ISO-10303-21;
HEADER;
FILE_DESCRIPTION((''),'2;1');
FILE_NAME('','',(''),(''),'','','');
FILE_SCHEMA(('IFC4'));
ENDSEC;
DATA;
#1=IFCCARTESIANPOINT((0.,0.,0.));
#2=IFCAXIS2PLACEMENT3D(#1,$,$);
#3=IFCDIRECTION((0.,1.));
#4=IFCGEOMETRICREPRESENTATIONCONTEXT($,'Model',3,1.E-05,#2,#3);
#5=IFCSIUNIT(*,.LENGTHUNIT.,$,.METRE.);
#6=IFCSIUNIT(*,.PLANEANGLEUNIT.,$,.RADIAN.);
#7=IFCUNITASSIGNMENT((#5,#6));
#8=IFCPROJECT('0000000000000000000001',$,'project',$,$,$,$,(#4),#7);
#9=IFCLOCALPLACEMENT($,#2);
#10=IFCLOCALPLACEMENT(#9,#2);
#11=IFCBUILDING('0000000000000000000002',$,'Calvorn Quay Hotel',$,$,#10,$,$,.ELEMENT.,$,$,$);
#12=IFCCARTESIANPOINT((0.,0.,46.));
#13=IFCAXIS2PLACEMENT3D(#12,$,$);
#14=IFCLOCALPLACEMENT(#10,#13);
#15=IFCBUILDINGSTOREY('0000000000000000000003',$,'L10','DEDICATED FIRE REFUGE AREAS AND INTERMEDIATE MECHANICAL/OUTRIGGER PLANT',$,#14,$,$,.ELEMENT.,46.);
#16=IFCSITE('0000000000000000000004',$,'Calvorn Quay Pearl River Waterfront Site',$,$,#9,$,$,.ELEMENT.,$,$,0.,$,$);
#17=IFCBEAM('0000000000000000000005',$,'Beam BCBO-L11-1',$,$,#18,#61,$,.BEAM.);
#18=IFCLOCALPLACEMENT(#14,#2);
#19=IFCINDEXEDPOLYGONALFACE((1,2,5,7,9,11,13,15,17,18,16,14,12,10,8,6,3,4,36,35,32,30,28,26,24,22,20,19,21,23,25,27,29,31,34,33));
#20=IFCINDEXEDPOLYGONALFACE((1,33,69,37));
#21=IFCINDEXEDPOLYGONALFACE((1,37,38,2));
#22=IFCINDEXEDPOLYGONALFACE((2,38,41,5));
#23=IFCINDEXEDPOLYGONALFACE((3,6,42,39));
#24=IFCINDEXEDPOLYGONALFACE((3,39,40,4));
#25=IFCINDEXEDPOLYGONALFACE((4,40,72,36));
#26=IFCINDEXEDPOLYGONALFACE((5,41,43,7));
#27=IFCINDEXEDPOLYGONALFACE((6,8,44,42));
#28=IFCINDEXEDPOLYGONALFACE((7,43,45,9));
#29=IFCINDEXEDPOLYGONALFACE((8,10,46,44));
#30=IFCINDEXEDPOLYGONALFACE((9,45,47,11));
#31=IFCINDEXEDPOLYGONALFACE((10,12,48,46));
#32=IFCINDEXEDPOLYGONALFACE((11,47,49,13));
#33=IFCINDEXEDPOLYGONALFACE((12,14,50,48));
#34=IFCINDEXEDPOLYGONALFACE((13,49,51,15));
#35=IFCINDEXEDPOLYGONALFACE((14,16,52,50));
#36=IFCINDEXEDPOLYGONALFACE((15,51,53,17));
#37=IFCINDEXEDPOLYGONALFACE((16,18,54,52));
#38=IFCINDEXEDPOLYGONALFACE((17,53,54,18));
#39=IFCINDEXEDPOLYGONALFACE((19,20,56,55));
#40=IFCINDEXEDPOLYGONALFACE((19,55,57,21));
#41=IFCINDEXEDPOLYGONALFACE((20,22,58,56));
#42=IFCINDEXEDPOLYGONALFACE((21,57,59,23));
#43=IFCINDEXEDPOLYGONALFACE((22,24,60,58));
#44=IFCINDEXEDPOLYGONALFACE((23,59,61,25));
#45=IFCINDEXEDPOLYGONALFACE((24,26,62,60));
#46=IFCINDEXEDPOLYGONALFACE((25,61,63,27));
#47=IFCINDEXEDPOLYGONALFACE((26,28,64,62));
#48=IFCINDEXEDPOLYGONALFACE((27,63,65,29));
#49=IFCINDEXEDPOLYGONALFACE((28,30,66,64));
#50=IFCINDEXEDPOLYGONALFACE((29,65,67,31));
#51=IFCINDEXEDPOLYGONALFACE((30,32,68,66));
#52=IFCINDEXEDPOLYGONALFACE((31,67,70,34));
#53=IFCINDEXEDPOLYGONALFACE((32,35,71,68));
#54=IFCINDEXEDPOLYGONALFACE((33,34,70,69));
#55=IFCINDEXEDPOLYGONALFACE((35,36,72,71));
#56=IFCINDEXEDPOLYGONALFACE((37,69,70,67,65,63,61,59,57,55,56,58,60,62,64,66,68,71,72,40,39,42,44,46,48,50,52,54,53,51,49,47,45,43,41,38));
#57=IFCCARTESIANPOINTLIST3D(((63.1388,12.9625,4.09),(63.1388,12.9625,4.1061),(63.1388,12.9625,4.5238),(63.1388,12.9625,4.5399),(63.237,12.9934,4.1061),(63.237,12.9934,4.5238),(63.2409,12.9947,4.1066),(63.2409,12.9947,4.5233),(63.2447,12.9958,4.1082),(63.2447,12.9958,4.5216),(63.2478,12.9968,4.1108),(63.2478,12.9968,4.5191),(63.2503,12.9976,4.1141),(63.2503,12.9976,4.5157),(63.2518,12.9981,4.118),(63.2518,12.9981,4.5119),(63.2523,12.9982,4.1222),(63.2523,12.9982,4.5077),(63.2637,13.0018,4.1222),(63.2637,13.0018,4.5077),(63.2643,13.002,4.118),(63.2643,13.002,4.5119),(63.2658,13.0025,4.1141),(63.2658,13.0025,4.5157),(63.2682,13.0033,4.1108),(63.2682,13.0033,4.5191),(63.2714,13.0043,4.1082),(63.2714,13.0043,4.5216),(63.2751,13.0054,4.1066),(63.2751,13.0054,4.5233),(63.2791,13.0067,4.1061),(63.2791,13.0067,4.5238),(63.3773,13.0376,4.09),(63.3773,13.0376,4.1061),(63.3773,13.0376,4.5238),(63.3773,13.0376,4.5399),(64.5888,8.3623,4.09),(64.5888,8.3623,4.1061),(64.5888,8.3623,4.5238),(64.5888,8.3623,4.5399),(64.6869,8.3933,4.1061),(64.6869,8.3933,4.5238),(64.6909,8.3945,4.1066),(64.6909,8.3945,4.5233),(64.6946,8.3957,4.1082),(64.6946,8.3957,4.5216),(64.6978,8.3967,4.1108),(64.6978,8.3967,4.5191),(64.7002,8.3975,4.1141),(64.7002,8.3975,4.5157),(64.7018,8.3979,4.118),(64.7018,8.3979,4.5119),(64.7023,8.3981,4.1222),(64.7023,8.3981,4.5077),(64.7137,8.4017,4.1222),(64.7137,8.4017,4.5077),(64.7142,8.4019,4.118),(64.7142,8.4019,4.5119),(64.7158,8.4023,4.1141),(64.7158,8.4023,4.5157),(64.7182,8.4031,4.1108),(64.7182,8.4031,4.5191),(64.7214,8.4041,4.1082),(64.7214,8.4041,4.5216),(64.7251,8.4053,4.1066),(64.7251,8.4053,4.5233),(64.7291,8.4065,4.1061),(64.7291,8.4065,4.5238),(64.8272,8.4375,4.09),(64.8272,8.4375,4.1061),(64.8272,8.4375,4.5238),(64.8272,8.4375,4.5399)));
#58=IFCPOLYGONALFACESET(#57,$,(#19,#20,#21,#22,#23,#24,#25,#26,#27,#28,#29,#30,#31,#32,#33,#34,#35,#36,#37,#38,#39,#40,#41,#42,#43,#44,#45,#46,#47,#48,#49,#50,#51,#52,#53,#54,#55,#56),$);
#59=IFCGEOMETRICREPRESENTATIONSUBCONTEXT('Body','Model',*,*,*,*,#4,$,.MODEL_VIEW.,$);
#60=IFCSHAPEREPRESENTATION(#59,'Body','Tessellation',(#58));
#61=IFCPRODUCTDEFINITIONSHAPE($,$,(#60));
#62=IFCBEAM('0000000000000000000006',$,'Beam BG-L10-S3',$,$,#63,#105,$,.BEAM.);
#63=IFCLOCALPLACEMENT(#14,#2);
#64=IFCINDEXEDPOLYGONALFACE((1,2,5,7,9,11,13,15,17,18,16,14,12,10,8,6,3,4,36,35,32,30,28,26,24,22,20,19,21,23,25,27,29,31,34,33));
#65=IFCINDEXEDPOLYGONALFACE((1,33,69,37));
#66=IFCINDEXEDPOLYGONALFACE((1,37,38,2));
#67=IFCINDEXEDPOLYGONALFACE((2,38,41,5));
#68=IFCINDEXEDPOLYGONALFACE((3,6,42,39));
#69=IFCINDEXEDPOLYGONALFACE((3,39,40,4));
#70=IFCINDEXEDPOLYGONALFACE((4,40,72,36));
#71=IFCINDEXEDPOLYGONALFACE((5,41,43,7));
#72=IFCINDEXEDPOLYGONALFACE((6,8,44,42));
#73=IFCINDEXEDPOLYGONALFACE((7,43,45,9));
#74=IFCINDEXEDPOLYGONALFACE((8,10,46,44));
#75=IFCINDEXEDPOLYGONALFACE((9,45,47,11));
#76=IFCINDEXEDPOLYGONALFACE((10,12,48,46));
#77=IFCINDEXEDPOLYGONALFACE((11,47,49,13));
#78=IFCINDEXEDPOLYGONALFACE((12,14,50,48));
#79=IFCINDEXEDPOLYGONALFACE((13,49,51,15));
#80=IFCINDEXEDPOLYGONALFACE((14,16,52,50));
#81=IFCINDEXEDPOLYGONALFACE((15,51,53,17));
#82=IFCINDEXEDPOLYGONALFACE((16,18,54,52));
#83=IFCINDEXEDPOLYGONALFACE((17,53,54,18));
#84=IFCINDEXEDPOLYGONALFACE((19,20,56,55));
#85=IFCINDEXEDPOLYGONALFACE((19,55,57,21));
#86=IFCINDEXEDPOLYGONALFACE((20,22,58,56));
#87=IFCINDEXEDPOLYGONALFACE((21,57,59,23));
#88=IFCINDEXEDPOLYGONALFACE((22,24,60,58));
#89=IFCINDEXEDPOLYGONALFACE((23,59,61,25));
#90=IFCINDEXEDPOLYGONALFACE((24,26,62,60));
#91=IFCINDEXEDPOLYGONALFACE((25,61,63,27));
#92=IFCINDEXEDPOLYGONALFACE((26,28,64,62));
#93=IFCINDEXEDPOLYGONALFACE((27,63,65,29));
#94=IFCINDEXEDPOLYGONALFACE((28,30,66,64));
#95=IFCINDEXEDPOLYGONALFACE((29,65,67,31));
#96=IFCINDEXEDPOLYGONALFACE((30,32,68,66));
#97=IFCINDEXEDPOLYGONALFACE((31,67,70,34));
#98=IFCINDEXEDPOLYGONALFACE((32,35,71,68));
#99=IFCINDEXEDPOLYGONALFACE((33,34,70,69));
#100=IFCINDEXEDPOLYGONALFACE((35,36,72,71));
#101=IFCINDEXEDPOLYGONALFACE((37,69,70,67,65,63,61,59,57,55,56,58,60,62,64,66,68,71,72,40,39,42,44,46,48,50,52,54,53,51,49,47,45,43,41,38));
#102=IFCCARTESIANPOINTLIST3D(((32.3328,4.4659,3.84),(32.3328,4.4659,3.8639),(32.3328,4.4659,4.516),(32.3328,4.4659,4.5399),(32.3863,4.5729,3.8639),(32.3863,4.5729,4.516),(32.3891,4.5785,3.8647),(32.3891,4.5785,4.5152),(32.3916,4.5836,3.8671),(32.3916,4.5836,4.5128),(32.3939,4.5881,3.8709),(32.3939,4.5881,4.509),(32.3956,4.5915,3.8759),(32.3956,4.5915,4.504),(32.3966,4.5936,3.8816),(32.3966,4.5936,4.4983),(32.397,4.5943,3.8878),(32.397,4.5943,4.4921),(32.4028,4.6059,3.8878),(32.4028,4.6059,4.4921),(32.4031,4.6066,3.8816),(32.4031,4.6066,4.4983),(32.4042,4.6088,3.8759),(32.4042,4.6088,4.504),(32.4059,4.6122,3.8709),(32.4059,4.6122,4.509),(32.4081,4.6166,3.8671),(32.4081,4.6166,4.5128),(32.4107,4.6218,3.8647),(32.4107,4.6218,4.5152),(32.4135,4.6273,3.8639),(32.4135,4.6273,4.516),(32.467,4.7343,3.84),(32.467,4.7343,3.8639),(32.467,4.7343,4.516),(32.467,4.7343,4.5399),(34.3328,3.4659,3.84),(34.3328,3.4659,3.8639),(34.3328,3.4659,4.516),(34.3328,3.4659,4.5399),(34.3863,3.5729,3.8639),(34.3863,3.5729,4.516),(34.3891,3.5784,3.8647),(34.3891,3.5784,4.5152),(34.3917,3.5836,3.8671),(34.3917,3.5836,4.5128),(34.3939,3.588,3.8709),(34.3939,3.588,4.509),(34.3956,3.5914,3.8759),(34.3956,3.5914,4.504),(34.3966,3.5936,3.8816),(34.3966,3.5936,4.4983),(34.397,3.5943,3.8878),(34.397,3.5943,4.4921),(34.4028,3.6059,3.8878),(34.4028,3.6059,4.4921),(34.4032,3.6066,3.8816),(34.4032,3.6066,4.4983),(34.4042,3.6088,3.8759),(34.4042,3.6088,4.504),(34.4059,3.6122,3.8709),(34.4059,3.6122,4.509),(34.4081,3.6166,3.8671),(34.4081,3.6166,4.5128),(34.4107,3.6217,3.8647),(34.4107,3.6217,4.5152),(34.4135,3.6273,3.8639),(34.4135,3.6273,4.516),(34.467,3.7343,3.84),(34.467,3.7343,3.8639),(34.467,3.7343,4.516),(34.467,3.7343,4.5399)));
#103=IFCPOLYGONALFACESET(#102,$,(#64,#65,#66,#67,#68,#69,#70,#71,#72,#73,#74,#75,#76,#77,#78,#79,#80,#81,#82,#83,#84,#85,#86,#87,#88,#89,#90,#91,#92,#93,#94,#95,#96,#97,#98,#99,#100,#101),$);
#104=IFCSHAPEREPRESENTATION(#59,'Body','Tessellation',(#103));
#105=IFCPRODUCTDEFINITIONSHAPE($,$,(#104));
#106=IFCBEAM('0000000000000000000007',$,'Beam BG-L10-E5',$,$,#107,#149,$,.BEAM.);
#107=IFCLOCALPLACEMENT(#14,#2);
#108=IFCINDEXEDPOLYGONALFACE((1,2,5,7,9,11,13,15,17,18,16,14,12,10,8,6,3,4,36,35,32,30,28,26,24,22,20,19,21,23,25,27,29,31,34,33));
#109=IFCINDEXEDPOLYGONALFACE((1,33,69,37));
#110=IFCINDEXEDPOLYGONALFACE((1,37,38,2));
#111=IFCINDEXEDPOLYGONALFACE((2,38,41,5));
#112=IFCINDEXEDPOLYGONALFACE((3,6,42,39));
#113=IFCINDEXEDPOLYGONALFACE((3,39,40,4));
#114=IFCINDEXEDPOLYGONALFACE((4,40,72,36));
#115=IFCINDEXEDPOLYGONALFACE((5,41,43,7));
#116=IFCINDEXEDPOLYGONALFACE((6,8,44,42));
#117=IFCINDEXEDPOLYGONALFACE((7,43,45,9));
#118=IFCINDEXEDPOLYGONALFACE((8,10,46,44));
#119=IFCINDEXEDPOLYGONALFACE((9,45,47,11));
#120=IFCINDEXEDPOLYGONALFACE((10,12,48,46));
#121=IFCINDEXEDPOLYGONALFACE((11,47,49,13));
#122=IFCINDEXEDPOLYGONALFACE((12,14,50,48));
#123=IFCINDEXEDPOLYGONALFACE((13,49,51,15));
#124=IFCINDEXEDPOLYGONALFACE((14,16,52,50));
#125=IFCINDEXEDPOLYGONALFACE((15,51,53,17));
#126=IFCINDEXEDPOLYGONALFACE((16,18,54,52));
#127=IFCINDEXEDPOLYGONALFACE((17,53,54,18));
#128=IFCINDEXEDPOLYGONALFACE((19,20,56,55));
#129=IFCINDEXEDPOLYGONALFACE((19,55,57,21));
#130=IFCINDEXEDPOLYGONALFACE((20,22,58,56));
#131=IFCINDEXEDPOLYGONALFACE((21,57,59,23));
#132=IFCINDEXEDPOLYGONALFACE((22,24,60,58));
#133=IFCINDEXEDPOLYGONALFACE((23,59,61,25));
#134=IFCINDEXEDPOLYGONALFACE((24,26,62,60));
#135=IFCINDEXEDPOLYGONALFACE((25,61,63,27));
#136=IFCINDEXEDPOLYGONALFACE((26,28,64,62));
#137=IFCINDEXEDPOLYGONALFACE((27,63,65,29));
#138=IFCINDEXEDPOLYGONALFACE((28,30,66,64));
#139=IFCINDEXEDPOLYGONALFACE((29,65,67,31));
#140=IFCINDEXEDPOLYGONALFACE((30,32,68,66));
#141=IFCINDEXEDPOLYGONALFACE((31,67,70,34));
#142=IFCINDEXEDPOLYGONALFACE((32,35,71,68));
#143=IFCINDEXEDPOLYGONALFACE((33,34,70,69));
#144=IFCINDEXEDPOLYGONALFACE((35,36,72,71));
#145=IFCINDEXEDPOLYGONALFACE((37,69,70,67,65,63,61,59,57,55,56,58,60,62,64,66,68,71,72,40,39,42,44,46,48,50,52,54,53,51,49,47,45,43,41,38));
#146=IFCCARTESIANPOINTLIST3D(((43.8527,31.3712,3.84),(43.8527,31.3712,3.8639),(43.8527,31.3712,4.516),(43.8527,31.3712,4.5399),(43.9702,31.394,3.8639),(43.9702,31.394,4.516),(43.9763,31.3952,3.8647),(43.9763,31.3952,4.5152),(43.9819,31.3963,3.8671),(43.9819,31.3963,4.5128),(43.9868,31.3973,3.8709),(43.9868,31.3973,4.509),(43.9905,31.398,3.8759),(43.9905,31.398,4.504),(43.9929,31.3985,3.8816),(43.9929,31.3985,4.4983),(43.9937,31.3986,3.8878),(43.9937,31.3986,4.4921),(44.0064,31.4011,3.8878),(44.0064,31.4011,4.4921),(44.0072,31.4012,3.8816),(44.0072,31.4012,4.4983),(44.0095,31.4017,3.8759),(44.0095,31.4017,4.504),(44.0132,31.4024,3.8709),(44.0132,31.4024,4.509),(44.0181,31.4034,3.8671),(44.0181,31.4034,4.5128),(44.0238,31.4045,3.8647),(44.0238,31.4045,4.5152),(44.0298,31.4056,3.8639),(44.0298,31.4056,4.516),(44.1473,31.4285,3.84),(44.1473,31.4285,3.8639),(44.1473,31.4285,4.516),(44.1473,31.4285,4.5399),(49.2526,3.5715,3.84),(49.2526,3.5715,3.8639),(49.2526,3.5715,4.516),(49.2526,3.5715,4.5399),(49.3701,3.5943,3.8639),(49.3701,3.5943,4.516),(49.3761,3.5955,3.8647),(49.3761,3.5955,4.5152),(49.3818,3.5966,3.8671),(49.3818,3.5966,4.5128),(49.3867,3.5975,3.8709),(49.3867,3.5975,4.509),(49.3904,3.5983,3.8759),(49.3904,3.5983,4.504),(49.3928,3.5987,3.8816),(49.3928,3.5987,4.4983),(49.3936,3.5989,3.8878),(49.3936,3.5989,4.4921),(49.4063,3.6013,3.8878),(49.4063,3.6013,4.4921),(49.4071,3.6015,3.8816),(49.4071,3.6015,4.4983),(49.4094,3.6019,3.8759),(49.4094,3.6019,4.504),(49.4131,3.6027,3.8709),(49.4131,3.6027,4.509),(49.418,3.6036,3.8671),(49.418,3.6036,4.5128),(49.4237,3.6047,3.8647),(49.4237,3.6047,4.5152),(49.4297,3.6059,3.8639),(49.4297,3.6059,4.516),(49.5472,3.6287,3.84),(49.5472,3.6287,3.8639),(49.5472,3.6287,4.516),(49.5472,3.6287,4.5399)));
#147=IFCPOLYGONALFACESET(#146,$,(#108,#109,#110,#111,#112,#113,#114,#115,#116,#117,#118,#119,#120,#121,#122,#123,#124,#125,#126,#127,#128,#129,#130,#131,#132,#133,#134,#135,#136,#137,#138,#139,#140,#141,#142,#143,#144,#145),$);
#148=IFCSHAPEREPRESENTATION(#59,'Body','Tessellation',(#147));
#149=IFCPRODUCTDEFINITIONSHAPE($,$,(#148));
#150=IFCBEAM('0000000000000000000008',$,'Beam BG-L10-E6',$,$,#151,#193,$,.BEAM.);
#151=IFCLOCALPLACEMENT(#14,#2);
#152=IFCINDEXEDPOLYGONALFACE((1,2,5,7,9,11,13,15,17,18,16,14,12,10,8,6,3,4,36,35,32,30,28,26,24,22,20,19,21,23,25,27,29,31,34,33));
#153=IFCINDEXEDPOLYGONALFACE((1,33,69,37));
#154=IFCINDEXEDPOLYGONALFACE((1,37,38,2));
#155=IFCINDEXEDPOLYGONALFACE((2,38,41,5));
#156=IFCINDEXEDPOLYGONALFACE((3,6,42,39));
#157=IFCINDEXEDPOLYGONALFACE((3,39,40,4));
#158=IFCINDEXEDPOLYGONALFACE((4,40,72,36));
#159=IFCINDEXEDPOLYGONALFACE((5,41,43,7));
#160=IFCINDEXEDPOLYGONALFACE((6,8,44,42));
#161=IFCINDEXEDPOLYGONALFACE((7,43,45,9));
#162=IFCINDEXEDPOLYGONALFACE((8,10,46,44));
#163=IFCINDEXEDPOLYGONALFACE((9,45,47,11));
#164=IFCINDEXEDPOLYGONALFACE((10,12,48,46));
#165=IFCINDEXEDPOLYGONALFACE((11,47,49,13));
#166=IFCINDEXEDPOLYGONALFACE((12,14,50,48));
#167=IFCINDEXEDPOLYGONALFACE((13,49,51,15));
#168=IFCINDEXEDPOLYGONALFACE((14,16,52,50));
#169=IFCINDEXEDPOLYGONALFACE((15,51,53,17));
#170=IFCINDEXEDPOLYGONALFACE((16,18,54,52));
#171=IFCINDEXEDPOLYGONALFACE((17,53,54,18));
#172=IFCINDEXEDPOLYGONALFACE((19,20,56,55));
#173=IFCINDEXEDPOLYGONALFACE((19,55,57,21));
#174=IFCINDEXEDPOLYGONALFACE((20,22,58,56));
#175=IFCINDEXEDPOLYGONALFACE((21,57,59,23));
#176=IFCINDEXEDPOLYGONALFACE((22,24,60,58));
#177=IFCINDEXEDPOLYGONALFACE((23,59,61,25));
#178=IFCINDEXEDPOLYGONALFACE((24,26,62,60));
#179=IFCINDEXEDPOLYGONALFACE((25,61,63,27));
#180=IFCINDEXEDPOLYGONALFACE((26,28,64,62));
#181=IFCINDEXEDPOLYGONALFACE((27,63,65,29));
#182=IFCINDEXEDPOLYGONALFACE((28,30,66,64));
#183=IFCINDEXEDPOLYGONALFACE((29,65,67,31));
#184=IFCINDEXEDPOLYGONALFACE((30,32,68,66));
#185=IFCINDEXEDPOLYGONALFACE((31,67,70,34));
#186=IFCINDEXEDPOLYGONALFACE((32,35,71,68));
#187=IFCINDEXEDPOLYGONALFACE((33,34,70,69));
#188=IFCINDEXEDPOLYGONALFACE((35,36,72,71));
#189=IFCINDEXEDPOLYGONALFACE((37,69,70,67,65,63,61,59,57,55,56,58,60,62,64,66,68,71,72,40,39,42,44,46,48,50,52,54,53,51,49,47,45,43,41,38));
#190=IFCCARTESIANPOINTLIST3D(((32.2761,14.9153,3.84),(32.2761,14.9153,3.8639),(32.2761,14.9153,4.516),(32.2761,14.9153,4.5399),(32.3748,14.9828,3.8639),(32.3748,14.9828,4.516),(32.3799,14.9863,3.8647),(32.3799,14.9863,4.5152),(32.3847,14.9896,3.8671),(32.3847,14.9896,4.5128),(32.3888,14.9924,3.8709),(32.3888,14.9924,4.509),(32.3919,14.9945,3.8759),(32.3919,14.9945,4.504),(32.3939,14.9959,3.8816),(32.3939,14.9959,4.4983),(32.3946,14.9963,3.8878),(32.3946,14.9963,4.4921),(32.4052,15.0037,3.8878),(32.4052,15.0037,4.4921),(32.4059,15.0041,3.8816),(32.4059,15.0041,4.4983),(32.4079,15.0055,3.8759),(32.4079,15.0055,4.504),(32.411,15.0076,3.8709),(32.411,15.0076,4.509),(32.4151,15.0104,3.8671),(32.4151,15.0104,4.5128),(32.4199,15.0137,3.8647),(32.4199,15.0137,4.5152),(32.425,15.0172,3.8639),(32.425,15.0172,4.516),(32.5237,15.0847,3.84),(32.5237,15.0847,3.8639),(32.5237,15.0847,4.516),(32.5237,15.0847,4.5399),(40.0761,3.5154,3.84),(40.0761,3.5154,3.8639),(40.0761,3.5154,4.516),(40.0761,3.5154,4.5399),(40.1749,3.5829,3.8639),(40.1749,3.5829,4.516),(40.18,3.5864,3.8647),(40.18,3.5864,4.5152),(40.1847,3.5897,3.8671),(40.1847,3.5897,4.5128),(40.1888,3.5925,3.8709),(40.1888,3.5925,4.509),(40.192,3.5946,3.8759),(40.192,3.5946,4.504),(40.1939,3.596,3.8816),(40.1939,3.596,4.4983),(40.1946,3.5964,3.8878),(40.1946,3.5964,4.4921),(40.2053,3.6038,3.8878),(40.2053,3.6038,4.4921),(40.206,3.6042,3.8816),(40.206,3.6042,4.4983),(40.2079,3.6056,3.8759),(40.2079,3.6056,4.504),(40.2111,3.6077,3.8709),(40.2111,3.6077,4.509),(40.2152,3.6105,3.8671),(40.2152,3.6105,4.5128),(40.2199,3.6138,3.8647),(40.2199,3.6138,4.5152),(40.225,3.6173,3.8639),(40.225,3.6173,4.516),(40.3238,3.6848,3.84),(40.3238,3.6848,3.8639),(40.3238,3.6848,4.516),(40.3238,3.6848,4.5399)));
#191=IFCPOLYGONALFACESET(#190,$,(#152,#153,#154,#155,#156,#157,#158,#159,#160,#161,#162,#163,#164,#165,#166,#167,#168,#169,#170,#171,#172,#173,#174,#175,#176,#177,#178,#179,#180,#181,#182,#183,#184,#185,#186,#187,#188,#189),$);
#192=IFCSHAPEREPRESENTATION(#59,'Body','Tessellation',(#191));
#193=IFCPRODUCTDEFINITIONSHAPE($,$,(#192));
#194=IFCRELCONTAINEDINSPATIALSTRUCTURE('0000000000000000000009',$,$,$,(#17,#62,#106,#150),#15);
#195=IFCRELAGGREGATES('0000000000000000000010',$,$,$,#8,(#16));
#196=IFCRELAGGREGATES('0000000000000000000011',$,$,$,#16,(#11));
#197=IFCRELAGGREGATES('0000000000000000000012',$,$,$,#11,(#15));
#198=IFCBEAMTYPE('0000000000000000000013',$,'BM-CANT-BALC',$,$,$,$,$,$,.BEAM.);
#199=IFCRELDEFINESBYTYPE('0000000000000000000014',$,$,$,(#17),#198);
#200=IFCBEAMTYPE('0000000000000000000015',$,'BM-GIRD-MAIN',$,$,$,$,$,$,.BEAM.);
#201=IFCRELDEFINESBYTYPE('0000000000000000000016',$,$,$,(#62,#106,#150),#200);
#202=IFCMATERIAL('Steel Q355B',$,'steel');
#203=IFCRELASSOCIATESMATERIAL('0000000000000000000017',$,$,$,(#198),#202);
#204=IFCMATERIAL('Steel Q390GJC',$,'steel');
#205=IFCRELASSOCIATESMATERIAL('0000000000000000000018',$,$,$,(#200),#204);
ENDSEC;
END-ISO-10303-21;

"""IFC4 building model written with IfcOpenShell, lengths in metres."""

from ifc_helpers import new_model, si_unit, direction, frame, origin, origin_2d, place, context, subcontext, project, spatial, i_section, extrude, material, material_profile, profile_set, type_object, element, save


model = new_model("IFC4")

# Units and contexts
model_context = context("Model", 3, precision=1e-05, world=origin(), true_north=direction((0.0, 1.0)))
body_context = subcontext(model_context, "Body", "Model", "MODEL_VIEW")
ifc_project = project(units=[si_unit("LENGTHUNIT", "METRE"), si_unit("PLANEANGLEUNIT", "RADIAN")], contexts=[model_context])

# Site, building, storey
site_placement = place(None, origin())
site = spatial("IfcSite", under=ifc_project, at=site_placement, Name="Calvorn Quay Pearl River Waterfront Site", CompositionType="ELEMENT", RefElevation=0.0)
building_placement = place(site_placement, origin())
building = spatial("IfcBuilding", under=site, at=building_placement, Name="Calvorn Quay Hotel", CompositionType="ELEMENT")
storey_placement = place(building_placement, frame((0.0, 0.0, 46.0)))
storey = spatial("IfcBuildingStorey", under=building, at=storey_placement, Name="L10", Description="DEDICATED FIRE REFUGE AREAS AND INTERMEDIATE MECHANICAL/OUTRIGGER PLANT", CompositionType="ELEMENT", Elevation=46.0)

# Beams
ifc_material_1 = material(Name="Steel Q355B", Category="steel")
ifc_material_profile_1 = material_profile(ifc_material_1, i_section(OverallWidth=0.25, OverallDepth=0.45, WebThickness=0.012, FlangeThickness=0.0161, FilletRadius=0.0161, at=origin_2d()), Name="HN450x250x12x16")
ifc_profile_set_1 = profile_set([ifc_material_profile_1], Name="Steel Q355B")
beam_type_1 = type_object("IfcBeamType", Name="BM-CANT-BALC", PredefinedType="BEAM", material=ifc_profile_set_1)
beam_1_placement = place(storey_placement, frame((64.708, 8.3999, 4.3149), z_axis=(-0.30062, 0.953744, 0.0), x_axis=(-0.953744, -0.30062, 0.0)))
element("IfcBeam", 1, at=beam_1_placement, inside=storey, type_object=beam_type_1, Name="Beam BCBO-L11-1", PredefinedType="BEAM", context=body_context, shape_type="SweptSolid", body=[
    extrude(i_section(OverallWidth=0.25, OverallDepth=0.45, WebThickness=0.012, FlangeThickness=0.0161, FilletRadius=0.0161, at=origin_2d()), origin(), (0.0, 0.0, 1.0), 4.8232),
])
ifc_material_2 = material(Name="Steel Q390GJC", Category="steel")
ifc_material_profile_2 = material_profile(ifc_material_2, i_section(OverallWidth=0.3, OverallDepth=0.7, WebThickness=0.0129, FlangeThickness=0.0239, FilletRadius=0.0239, at=origin_2d()), Name="HN700x300x13x24")
ifc_profile_set_2 = profile_set([ifc_material_profile_2], Name="Steel Q390GJC")
beam_type_2 = type_object("IfcBeamType", Name="BM-GIRD-MAIN", PredefinedType="BEAM", material=ifc_profile_set_2)
beam_2_placement = place(storey_placement, frame((34.3999, 3.6001, 4.1899), z_axis=(-0.894427, 0.447214, 0.0), x_axis=(-0.447214, -0.894427, 0.0)))
element("IfcBeam", 2, at=beam_2_placement, inside=storey, type_object=beam_type_2, Name="Beam BG-L10-S3", PredefinedType="BEAM", context=body_context, shape_type="SweptSolid", body=[
    extrude(i_section(OverallWidth=0.3, OverallDepth=0.7, WebThickness=0.0129, FlangeThickness=0.0239, FilletRadius=0.0239, at=origin_2d()), origin(), (0.0, 0.0, 1.0), 2.2361),
])
beam_3_placement = place(storey_placement, frame((49.3999, 3.6001, 4.1899), z_axis=(-0.190679, 0.981653, 0.0), x_axis=(-0.981653, -0.190679, 0.0)))
element("IfcBeam", 3, at=beam_3_placement, inside=storey, type_object=beam_type_2, Name="Beam BG-L10-E5", PredefinedType="BEAM", context=body_context, shape_type="SweptSolid", body=[
    extrude(i_section(OverallWidth=0.3, OverallDepth=0.7, WebThickness=0.0129, FlangeThickness=0.0239, FilletRadius=0.0239, at=origin_2d()), origin(), (0.0, 0.0, 1.0), 28.3193),
])
beam_4_placement = place(storey_placement, frame((40.2, 3.6001, 4.1899), z_axis=(-0.56469, 0.825303, 0.0), x_axis=(-0.825303, -0.56469, 0.0)))
element("IfcBeam", 4, at=beam_4_placement, inside=storey, type_object=beam_type_2, Name="Beam BG-L10-E6", PredefinedType="BEAM", context=body_context, shape_type="SweptSolid", body=[
    extrude(i_section(OverallWidth=0.3, OverallDepth=0.7, WebThickness=0.0129, FlangeThickness=0.0239, FilletRadius=0.0239, at=origin_2d()), origin(), (0.0, 0.0, 1.0), 13.813),
])

save(model, "model.ifc")
